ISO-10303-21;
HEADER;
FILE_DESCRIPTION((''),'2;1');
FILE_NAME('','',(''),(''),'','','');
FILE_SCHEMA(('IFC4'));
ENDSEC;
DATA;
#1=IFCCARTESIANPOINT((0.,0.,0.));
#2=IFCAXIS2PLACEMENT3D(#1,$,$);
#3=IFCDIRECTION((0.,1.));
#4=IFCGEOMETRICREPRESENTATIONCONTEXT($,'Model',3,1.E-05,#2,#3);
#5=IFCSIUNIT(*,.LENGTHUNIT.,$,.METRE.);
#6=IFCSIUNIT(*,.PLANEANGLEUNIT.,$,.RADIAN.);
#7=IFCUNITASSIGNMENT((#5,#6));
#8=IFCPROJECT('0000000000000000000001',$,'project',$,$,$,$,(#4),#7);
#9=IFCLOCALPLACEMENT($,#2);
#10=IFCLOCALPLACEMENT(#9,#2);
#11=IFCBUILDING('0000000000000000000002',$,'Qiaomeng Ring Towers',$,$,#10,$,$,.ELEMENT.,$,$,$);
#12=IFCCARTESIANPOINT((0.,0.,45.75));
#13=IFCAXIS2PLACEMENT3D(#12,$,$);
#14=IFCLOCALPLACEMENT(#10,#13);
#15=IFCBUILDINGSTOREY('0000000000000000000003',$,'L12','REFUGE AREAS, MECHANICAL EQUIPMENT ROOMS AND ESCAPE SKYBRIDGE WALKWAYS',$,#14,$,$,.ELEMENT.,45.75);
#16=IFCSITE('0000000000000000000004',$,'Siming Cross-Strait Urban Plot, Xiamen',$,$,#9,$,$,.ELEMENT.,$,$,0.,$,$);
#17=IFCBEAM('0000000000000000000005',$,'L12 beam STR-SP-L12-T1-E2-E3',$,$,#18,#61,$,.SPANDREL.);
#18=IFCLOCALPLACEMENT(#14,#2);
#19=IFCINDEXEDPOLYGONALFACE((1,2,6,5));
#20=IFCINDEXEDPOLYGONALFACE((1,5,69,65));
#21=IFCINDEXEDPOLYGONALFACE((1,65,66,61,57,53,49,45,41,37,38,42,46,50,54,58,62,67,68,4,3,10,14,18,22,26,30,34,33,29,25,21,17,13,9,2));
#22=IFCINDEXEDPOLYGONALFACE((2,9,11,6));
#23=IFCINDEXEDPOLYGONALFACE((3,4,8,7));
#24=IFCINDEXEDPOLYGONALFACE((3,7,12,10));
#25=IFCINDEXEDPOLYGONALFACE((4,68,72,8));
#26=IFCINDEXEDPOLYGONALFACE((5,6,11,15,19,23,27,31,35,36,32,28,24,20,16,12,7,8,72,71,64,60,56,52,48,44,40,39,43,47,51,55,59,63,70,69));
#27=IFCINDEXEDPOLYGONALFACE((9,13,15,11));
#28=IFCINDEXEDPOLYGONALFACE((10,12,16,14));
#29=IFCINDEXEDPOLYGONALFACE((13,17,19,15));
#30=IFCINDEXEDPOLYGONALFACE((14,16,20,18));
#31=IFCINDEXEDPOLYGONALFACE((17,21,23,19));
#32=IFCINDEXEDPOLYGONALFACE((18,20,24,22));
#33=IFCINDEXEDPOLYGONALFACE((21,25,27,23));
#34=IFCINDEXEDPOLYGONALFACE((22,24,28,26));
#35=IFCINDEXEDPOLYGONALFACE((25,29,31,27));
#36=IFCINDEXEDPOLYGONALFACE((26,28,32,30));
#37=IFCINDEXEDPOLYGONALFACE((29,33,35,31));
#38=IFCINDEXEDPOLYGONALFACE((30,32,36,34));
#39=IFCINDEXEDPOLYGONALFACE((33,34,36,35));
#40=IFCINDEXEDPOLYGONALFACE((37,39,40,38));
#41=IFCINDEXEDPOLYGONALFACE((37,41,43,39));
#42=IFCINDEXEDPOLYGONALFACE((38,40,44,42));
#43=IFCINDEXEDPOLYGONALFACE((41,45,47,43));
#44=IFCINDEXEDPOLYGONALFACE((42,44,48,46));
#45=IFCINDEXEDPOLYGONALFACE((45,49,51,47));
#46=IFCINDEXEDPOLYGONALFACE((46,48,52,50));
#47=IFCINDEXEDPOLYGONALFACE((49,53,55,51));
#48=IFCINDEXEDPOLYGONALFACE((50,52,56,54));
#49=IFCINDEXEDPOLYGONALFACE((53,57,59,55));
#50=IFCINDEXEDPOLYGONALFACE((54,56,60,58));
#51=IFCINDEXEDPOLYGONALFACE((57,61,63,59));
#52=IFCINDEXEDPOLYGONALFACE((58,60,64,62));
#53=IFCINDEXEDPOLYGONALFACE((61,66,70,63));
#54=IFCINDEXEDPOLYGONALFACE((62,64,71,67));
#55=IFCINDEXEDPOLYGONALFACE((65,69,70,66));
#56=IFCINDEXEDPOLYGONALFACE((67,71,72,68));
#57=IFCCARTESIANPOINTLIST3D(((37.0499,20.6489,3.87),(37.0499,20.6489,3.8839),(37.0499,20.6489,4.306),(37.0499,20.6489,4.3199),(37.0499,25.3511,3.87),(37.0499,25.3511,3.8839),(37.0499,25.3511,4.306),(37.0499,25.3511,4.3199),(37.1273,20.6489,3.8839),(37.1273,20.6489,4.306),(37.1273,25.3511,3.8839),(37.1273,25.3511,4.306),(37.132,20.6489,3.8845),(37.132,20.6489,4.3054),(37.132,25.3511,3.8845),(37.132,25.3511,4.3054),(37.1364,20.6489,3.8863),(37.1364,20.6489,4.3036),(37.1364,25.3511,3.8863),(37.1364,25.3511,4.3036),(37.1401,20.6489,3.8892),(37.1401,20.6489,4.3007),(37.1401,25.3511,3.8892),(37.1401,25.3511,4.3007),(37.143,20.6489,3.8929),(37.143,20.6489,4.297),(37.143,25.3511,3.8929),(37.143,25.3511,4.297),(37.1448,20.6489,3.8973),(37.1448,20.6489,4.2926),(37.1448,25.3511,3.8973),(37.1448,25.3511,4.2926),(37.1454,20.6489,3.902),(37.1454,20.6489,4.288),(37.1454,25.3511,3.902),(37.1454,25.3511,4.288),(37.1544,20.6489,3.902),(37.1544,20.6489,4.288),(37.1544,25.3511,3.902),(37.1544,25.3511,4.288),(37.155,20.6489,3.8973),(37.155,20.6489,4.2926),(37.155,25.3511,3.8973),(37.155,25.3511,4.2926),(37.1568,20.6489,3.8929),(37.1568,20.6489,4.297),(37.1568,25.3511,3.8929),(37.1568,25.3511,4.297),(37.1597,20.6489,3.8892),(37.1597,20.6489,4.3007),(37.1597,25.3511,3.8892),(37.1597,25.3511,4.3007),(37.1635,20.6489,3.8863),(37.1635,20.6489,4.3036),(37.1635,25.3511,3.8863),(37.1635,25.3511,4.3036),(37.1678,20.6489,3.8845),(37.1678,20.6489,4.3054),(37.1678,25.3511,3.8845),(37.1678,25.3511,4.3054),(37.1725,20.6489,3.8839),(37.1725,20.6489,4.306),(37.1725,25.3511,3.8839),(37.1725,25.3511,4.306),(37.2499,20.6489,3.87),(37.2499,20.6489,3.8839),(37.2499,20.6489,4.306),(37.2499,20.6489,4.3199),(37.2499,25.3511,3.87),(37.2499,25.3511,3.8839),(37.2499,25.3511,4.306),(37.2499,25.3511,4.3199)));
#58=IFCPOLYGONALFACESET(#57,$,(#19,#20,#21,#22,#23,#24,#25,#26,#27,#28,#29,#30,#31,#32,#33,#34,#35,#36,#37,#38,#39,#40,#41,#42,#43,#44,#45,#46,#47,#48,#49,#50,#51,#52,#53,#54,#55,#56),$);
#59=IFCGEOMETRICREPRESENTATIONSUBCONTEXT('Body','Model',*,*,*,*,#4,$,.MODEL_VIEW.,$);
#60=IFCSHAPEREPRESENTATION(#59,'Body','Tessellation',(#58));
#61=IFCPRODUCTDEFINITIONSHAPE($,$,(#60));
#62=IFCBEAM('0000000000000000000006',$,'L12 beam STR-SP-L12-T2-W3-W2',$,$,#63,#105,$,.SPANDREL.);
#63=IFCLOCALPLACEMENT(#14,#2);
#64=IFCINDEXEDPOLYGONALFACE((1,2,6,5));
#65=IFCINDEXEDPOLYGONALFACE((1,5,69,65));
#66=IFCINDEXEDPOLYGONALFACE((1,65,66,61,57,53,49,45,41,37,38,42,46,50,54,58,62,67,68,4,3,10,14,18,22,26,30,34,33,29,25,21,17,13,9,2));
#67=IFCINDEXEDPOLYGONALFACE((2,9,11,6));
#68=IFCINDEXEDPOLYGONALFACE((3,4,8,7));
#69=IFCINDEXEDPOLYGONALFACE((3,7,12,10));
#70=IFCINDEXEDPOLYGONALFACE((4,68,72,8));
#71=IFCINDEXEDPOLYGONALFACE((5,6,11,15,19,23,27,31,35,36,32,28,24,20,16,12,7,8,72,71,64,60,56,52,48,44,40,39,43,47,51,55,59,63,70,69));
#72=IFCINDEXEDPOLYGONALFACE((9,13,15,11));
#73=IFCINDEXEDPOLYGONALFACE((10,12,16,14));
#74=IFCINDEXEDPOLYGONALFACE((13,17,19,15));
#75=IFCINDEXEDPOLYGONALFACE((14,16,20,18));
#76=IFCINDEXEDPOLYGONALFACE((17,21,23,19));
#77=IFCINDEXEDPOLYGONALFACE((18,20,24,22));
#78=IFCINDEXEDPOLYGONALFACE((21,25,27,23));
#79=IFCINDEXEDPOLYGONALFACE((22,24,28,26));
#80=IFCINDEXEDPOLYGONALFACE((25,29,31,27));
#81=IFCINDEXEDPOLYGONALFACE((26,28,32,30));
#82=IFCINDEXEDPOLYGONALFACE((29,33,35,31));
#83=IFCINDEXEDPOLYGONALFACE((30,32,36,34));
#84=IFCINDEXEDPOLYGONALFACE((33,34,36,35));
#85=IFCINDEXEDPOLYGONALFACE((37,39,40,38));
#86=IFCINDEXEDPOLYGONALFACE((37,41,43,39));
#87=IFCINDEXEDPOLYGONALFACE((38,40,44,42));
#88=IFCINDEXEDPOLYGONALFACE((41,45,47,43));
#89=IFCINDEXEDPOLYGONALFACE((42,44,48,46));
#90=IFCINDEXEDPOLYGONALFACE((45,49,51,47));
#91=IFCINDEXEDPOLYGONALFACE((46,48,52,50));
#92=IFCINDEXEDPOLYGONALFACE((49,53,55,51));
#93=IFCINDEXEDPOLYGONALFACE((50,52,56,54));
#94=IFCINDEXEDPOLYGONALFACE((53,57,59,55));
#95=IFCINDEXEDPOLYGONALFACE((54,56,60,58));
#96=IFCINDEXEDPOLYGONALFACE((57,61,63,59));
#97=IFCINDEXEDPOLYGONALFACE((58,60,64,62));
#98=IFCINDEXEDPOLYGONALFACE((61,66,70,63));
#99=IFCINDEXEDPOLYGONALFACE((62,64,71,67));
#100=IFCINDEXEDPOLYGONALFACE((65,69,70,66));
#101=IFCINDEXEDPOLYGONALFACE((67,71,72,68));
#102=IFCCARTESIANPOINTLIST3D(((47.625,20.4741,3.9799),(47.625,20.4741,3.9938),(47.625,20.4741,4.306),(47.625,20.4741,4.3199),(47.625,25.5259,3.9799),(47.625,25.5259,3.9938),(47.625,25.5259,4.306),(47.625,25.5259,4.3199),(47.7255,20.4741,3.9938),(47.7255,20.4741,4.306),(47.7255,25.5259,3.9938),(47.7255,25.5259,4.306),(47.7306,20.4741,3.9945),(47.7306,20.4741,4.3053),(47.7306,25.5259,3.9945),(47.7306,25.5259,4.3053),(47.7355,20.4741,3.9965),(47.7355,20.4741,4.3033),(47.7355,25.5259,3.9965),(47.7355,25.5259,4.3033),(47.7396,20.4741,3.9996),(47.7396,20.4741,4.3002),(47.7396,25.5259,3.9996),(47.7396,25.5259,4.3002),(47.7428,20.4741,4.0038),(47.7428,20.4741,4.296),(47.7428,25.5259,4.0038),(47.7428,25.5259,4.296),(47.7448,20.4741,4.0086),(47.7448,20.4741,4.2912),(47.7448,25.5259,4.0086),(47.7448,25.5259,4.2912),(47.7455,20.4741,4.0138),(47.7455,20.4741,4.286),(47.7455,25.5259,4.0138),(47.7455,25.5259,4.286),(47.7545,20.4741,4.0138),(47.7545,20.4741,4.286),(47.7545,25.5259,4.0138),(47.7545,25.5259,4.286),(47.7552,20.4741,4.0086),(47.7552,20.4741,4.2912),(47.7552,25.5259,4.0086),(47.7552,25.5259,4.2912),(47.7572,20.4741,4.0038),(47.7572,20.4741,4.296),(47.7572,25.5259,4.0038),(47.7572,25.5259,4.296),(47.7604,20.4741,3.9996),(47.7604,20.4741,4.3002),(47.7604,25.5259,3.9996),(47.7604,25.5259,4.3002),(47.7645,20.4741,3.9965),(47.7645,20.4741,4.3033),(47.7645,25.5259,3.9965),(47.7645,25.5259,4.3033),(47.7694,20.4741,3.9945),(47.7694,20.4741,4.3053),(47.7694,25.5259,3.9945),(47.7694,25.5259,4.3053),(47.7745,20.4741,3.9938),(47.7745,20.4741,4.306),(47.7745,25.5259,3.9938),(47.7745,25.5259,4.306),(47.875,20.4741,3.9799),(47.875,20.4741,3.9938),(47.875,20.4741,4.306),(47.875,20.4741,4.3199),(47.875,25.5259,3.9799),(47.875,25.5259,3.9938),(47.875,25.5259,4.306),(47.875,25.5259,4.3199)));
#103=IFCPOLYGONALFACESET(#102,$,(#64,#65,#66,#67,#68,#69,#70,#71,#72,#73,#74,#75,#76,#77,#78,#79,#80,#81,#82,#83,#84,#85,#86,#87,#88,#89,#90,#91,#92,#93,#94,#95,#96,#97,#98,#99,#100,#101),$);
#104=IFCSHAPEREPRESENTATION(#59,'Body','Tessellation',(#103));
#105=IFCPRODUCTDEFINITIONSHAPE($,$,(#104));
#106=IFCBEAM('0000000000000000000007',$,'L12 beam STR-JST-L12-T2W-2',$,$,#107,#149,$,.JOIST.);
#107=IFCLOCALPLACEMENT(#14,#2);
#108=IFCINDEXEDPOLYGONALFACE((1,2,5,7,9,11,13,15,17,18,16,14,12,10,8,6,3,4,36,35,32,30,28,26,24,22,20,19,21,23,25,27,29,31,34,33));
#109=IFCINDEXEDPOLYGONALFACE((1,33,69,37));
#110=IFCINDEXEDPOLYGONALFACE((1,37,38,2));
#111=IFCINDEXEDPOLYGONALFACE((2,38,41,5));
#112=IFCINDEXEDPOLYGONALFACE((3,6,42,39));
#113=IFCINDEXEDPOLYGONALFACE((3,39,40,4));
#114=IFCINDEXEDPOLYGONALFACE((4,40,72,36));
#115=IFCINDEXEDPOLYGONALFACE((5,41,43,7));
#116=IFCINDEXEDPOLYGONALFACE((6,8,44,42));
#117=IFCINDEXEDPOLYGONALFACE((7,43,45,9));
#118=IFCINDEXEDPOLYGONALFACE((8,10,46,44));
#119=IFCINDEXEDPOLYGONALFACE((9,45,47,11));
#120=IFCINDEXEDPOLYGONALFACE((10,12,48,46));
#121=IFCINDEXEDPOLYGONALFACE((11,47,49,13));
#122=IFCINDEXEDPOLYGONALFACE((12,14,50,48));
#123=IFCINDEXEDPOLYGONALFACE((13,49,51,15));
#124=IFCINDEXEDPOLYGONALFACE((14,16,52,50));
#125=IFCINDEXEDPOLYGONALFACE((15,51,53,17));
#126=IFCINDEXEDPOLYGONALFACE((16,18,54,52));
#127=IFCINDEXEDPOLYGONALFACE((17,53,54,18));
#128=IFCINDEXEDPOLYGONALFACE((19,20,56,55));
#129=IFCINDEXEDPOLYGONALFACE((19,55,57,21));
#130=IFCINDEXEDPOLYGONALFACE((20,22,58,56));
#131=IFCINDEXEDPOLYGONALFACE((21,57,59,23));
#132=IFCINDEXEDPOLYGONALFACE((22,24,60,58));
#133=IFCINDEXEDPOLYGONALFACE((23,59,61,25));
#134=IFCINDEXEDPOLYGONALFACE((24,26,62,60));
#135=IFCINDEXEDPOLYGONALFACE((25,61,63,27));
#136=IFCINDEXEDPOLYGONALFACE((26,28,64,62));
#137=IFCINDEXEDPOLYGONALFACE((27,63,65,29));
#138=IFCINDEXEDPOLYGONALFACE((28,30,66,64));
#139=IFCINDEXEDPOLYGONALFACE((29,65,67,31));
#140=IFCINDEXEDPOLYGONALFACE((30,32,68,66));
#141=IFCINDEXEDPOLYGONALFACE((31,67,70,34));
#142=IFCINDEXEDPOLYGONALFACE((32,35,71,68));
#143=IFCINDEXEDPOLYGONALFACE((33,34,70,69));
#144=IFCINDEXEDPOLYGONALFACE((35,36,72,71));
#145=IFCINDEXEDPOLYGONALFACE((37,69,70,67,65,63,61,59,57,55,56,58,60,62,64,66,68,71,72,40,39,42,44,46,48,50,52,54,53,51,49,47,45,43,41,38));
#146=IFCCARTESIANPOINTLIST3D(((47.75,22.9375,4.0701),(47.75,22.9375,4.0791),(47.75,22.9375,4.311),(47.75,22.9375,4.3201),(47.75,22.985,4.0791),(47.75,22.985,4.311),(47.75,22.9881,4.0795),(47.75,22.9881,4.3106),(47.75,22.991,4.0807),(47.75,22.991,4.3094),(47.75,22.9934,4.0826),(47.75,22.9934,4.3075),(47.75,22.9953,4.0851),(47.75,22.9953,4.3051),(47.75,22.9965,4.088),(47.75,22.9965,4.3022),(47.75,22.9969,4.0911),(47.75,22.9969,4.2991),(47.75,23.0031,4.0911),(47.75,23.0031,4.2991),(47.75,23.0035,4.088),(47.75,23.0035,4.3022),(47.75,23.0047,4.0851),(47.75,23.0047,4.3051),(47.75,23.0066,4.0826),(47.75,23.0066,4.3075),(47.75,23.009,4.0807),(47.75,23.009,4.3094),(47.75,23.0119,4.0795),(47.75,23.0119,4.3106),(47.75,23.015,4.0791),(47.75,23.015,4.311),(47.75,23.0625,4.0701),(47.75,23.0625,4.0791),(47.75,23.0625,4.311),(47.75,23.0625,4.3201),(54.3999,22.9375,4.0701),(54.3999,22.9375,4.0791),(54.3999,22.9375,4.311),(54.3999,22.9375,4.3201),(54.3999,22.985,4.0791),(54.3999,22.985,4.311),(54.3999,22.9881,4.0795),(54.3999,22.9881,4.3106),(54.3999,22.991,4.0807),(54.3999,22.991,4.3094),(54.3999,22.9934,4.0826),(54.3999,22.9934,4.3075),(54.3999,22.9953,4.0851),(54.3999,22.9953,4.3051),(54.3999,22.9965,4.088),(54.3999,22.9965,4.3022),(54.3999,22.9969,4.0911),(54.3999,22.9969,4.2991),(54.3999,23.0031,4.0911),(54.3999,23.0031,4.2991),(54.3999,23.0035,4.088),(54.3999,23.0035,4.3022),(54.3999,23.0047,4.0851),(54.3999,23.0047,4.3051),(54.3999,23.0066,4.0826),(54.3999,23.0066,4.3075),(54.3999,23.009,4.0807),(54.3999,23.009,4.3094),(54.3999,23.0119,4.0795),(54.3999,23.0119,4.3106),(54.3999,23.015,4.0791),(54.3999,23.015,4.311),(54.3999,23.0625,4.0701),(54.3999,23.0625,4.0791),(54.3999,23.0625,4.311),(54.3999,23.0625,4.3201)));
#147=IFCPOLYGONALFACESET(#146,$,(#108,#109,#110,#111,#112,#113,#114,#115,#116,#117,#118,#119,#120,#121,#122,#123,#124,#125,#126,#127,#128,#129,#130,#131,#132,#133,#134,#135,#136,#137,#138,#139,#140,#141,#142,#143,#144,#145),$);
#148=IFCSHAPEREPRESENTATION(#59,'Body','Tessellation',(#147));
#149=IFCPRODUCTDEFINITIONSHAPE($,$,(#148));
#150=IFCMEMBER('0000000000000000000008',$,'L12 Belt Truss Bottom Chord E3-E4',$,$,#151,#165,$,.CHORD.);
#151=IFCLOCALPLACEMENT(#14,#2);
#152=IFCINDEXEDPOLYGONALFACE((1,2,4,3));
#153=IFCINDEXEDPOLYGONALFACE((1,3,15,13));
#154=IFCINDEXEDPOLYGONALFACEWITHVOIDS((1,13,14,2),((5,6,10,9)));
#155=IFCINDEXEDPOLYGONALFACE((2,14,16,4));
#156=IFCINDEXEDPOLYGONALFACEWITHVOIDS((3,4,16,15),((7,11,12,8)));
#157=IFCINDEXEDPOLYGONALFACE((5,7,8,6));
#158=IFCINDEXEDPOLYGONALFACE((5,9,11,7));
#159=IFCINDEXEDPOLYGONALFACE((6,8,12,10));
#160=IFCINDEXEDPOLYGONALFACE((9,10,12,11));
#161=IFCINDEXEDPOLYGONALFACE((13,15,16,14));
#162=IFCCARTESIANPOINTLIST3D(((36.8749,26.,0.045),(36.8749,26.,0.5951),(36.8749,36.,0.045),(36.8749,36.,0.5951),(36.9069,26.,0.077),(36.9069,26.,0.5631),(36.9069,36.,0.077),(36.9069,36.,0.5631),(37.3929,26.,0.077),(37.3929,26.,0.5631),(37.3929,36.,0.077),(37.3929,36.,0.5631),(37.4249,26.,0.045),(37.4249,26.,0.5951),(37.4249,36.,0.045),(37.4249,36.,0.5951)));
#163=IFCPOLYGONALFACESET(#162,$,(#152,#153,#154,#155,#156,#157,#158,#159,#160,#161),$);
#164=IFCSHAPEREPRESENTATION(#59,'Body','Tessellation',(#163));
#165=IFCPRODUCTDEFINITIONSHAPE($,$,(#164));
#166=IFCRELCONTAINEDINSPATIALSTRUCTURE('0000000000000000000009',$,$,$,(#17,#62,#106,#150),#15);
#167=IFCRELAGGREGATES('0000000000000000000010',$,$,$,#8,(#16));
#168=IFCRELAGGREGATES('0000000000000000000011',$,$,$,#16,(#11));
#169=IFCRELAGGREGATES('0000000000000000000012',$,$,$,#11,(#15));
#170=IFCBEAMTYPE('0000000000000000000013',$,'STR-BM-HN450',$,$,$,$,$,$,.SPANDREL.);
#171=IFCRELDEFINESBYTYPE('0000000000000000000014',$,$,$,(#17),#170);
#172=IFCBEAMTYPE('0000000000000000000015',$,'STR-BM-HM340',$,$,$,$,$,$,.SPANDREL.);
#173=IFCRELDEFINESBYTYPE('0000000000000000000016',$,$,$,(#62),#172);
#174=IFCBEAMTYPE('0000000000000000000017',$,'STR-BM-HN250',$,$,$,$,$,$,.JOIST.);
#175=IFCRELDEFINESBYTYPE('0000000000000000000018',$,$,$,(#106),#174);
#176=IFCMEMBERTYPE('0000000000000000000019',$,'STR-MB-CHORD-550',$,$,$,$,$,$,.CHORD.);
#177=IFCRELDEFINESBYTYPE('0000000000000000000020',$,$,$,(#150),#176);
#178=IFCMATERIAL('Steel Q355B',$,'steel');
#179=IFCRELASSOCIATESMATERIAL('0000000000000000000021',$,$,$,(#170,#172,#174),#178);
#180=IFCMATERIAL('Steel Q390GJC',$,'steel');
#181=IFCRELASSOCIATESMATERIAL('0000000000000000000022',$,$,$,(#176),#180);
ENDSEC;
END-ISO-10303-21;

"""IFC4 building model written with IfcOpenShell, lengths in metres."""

from ifc_helpers import new_model, si_unit, direction, frame, origin, origin_2d, place, context, subcontext, project, spatial, hollow_rectangle, i_section, extrude, source, transform, mapped, material, material_profile, profile_set, type_object, element, save


model = new_model("IFC4")

# Units and contexts
model_context = context("Model", 3, precision=1e-05, world=origin(), true_north=direction((0.0, 1.0)))
body_context = subcontext(model_context, "Body", "Model", "MODEL_VIEW")
ifc_project = project(units=[si_unit("LENGTHUNIT", "METRE"), si_unit("PLANEANGLEUNIT", "RADIAN")], contexts=[model_context])

# Site, building, storey
site_placement = place(None, origin())
site = spatial("IfcSite", under=ifc_project, at=site_placement, Name="Siming Cross-Strait Urban Plot, Xiamen", CompositionType="ELEMENT", RefElevation=0.0)
building_placement = place(site_placement, origin())
building = spatial("IfcBuilding", under=site, at=building_placement, Name="Qiaomeng Ring Towers", CompositionType="ELEMENT")
storey_placement = place(building_placement, frame((0.0, 0.0, 45.75)))
storey = spatial("IfcBuildingStorey", under=building, at=storey_placement, Name="L12", Description="REFUGE AREAS, MECHANICAL EQUIPMENT ROOMS AND ESCAPE SKYBRIDGE WALKWAYS", CompositionType="ELEMENT", Elevation=45.75)

# Beams
ifc_material_1 = material(Name="Steel Q355B", Category="steel")
ifc_material_profile_1 = material_profile(ifc_material_1, i_section(OverallWidth=0.2, OverallDepth=0.45, WebThickness=0.009, FlangeThickness=0.0139, FilletRadius=0.0181, at=origin_2d()), Name="HN 450x200x9x14")
ifc_profile_set_1 = profile_set([ifc_material_profile_1], Name="Steel Q355B")
beam_type_1 = type_object("IfcBeamType", Name="STR-BM-HN450", PredefinedType="SPANDREL", material=ifc_profile_set_1)
shared_shape_1 = source(origin(), body_context, "Body", "SweptSolid", [
    extrude(i_section(OverallWidth=0.2, OverallDepth=0.45, WebThickness=0.009, FlangeThickness=0.0139, FilletRadius=0.0181, at=origin_2d()), origin(), (0.0, 0.0, 1.0), 4.7021),
])
beam_1_placement = place(storey_placement, frame((37.1499, 20.6489, 4.095), z_axis=(0.0, 1.0, 0.0), x_axis=(-1.0, 0.0, 0.0)))
element("IfcBeam", 1, at=beam_1_placement, inside=storey, type_object=beam_type_1, Name="L12 beam STR-SP-L12-T1-E2-E3", PredefinedType="SPANDREL", context=body_context, shape_type="MappedRepresentation", body=[
    mapped(shared_shape_1, transform((0.0, 0.0, 0.0), x_axis=(1.0, 0.0, 0.0), y_axis=(0.0, 1.0, 0.0), z_axis=(0.0, 0.0, 1.0), scale=1.0)),
])
ifc_material_profile_2 = material_profile(ifc_material_1, i_section(OverallWidth=0.25, OverallDepth=0.3401, WebThickness=0.009, FlangeThickness=0.0139, FilletRadius=0.02, at=origin_2d()), Name="HM 340x250x9x14")
ifc_profile_set_2 = profile_set([ifc_material_profile_2], Name="Steel Q355B")
beam_type_2 = type_object("IfcBeamType", Name="STR-BM-HM340", PredefinedType="SPANDREL", material=ifc_profile_set_2)
shared_shape_2 = source(origin(), body_context, "Body", "SweptSolid", [
    extrude(i_section(OverallWidth=0.25, OverallDepth=0.3401, WebThickness=0.009, FlangeThickness=0.0139, FilletRadius=0.02, at=origin_2d()), origin(), (0.0, 0.0, 1.0), 5.0518),
])
beam_2_placement = place(storey_placement, frame((47.75, 25.5259, 4.1499), z_axis=(0.0, -1.0, 0.0), x_axis=(1.0, 0.0, 0.0)))
element("IfcBeam", 2, at=beam_2_placement, inside=storey, type_object=beam_type_2, Name="L12 beam STR-SP-L12-T2-W3-W2", PredefinedType="SPANDREL", context=body_context, shape_type="MappedRepresentation", body=[
    mapped(shared_shape_2, transform((0.0, 0.0, 0.0), x_axis=(1.0, 0.0, 0.0), y_axis=(0.0, 1.0, 0.0), z_axis=(0.0, 0.0, 1.0), scale=1.0)),
])
ifc_material_profile_3 = material_profile(ifc_material_1, i_section(OverallWidth=0.125, OverallDepth=0.25, WebThickness=0.0061, FlangeThickness=0.009, FilletRadius=0.012, at=origin_2d()), Name="HN 250x125x6x9")
ifc_profile_set_3 = profile_set([ifc_material_profile_3], Name="Steel Q355B")
beam_type_3 = type_object("IfcBeamType", Name="STR-BM-HN250", PredefinedType="JOIST", material=ifc_profile_set_3)
shared_shape_3 = source(origin(), body_context, "Body", "SweptSolid", [
    extrude(i_section(OverallWidth=0.125, OverallDepth=0.25, WebThickness=0.0061, FlangeThickness=0.009, FilletRadius=0.012, at=origin_2d()), origin(), (0.0, 0.0, 1.0), 6.6499),
])
beam_3_placement = place(storey_placement, frame((47.75, 23.0, 4.1951), z_axis=(1.0, 0.0, 0.0), x_axis=(0.0, 1.0, 0.0)))
element("IfcBeam", 3, at=beam_3_placement, inside=storey, type_object=beam_type_3, Name="L12 beam STR-JST-L12-T2W-2", PredefinedType="JOIST", context=body_context, shape_type="MappedRepresentation", body=[
    mapped(shared_shape_3, transform((0.0, 0.0, 0.0), x_axis=(1.0, 0.0, 0.0), y_axis=(0.0, 1.0, 0.0), z_axis=(0.0, 0.0, 1.0), scale=1.0)),
])

# Member
ifc_material_2 = material(Name="Steel Q390GJC", Category="steel")
ifc_material_profile_4 = material_profile(ifc_material_2, hollow_rectangle(XDim=0.55, YDim=0.55, WallThickness=0.032, at=origin_2d()), Name="SHS 550x550x32")
ifc_profile_set_4 = profile_set([ifc_material_profile_4], Name="Steel Q390GJC")
member_type_1 = type_object("IfcMemberType", Name="STR-MB-CHORD-550", PredefinedType="CHORD", material=ifc_profile_set_4)
shared_shape_4 = source(origin(), body_context, "Body", "SweptSolid", [
    extrude(hollow_rectangle(XDim=0.55, YDim=0.55, WallThickness=0.032, at=origin_2d()), origin(), (0.0, 0.0, 1.0), 10.0),
])
member_1_placement = place(storey_placement, frame((37.1499, 26.0, 0.3201), z_axis=(0.0, 1.0, 0.0), x_axis=(-1.0, 0.0, 0.0)))
element("IfcMember", 4, at=member_1_placement, inside=storey, type_object=member_type_1, Name="L12 Belt Truss Bottom Chord E3-E4", PredefinedType="CHORD", context=body_context, shape_type="MappedRepresentation", body=[
    mapped(shared_shape_4, transform((0.0, 0.0, 0.0), x_axis=(1.0, 0.0, 0.0), y_axis=(0.0, 1.0, 0.0), z_axis=(0.0, 0.0, 1.0), scale=1.0)),
])

save(model, "model.ifc")
